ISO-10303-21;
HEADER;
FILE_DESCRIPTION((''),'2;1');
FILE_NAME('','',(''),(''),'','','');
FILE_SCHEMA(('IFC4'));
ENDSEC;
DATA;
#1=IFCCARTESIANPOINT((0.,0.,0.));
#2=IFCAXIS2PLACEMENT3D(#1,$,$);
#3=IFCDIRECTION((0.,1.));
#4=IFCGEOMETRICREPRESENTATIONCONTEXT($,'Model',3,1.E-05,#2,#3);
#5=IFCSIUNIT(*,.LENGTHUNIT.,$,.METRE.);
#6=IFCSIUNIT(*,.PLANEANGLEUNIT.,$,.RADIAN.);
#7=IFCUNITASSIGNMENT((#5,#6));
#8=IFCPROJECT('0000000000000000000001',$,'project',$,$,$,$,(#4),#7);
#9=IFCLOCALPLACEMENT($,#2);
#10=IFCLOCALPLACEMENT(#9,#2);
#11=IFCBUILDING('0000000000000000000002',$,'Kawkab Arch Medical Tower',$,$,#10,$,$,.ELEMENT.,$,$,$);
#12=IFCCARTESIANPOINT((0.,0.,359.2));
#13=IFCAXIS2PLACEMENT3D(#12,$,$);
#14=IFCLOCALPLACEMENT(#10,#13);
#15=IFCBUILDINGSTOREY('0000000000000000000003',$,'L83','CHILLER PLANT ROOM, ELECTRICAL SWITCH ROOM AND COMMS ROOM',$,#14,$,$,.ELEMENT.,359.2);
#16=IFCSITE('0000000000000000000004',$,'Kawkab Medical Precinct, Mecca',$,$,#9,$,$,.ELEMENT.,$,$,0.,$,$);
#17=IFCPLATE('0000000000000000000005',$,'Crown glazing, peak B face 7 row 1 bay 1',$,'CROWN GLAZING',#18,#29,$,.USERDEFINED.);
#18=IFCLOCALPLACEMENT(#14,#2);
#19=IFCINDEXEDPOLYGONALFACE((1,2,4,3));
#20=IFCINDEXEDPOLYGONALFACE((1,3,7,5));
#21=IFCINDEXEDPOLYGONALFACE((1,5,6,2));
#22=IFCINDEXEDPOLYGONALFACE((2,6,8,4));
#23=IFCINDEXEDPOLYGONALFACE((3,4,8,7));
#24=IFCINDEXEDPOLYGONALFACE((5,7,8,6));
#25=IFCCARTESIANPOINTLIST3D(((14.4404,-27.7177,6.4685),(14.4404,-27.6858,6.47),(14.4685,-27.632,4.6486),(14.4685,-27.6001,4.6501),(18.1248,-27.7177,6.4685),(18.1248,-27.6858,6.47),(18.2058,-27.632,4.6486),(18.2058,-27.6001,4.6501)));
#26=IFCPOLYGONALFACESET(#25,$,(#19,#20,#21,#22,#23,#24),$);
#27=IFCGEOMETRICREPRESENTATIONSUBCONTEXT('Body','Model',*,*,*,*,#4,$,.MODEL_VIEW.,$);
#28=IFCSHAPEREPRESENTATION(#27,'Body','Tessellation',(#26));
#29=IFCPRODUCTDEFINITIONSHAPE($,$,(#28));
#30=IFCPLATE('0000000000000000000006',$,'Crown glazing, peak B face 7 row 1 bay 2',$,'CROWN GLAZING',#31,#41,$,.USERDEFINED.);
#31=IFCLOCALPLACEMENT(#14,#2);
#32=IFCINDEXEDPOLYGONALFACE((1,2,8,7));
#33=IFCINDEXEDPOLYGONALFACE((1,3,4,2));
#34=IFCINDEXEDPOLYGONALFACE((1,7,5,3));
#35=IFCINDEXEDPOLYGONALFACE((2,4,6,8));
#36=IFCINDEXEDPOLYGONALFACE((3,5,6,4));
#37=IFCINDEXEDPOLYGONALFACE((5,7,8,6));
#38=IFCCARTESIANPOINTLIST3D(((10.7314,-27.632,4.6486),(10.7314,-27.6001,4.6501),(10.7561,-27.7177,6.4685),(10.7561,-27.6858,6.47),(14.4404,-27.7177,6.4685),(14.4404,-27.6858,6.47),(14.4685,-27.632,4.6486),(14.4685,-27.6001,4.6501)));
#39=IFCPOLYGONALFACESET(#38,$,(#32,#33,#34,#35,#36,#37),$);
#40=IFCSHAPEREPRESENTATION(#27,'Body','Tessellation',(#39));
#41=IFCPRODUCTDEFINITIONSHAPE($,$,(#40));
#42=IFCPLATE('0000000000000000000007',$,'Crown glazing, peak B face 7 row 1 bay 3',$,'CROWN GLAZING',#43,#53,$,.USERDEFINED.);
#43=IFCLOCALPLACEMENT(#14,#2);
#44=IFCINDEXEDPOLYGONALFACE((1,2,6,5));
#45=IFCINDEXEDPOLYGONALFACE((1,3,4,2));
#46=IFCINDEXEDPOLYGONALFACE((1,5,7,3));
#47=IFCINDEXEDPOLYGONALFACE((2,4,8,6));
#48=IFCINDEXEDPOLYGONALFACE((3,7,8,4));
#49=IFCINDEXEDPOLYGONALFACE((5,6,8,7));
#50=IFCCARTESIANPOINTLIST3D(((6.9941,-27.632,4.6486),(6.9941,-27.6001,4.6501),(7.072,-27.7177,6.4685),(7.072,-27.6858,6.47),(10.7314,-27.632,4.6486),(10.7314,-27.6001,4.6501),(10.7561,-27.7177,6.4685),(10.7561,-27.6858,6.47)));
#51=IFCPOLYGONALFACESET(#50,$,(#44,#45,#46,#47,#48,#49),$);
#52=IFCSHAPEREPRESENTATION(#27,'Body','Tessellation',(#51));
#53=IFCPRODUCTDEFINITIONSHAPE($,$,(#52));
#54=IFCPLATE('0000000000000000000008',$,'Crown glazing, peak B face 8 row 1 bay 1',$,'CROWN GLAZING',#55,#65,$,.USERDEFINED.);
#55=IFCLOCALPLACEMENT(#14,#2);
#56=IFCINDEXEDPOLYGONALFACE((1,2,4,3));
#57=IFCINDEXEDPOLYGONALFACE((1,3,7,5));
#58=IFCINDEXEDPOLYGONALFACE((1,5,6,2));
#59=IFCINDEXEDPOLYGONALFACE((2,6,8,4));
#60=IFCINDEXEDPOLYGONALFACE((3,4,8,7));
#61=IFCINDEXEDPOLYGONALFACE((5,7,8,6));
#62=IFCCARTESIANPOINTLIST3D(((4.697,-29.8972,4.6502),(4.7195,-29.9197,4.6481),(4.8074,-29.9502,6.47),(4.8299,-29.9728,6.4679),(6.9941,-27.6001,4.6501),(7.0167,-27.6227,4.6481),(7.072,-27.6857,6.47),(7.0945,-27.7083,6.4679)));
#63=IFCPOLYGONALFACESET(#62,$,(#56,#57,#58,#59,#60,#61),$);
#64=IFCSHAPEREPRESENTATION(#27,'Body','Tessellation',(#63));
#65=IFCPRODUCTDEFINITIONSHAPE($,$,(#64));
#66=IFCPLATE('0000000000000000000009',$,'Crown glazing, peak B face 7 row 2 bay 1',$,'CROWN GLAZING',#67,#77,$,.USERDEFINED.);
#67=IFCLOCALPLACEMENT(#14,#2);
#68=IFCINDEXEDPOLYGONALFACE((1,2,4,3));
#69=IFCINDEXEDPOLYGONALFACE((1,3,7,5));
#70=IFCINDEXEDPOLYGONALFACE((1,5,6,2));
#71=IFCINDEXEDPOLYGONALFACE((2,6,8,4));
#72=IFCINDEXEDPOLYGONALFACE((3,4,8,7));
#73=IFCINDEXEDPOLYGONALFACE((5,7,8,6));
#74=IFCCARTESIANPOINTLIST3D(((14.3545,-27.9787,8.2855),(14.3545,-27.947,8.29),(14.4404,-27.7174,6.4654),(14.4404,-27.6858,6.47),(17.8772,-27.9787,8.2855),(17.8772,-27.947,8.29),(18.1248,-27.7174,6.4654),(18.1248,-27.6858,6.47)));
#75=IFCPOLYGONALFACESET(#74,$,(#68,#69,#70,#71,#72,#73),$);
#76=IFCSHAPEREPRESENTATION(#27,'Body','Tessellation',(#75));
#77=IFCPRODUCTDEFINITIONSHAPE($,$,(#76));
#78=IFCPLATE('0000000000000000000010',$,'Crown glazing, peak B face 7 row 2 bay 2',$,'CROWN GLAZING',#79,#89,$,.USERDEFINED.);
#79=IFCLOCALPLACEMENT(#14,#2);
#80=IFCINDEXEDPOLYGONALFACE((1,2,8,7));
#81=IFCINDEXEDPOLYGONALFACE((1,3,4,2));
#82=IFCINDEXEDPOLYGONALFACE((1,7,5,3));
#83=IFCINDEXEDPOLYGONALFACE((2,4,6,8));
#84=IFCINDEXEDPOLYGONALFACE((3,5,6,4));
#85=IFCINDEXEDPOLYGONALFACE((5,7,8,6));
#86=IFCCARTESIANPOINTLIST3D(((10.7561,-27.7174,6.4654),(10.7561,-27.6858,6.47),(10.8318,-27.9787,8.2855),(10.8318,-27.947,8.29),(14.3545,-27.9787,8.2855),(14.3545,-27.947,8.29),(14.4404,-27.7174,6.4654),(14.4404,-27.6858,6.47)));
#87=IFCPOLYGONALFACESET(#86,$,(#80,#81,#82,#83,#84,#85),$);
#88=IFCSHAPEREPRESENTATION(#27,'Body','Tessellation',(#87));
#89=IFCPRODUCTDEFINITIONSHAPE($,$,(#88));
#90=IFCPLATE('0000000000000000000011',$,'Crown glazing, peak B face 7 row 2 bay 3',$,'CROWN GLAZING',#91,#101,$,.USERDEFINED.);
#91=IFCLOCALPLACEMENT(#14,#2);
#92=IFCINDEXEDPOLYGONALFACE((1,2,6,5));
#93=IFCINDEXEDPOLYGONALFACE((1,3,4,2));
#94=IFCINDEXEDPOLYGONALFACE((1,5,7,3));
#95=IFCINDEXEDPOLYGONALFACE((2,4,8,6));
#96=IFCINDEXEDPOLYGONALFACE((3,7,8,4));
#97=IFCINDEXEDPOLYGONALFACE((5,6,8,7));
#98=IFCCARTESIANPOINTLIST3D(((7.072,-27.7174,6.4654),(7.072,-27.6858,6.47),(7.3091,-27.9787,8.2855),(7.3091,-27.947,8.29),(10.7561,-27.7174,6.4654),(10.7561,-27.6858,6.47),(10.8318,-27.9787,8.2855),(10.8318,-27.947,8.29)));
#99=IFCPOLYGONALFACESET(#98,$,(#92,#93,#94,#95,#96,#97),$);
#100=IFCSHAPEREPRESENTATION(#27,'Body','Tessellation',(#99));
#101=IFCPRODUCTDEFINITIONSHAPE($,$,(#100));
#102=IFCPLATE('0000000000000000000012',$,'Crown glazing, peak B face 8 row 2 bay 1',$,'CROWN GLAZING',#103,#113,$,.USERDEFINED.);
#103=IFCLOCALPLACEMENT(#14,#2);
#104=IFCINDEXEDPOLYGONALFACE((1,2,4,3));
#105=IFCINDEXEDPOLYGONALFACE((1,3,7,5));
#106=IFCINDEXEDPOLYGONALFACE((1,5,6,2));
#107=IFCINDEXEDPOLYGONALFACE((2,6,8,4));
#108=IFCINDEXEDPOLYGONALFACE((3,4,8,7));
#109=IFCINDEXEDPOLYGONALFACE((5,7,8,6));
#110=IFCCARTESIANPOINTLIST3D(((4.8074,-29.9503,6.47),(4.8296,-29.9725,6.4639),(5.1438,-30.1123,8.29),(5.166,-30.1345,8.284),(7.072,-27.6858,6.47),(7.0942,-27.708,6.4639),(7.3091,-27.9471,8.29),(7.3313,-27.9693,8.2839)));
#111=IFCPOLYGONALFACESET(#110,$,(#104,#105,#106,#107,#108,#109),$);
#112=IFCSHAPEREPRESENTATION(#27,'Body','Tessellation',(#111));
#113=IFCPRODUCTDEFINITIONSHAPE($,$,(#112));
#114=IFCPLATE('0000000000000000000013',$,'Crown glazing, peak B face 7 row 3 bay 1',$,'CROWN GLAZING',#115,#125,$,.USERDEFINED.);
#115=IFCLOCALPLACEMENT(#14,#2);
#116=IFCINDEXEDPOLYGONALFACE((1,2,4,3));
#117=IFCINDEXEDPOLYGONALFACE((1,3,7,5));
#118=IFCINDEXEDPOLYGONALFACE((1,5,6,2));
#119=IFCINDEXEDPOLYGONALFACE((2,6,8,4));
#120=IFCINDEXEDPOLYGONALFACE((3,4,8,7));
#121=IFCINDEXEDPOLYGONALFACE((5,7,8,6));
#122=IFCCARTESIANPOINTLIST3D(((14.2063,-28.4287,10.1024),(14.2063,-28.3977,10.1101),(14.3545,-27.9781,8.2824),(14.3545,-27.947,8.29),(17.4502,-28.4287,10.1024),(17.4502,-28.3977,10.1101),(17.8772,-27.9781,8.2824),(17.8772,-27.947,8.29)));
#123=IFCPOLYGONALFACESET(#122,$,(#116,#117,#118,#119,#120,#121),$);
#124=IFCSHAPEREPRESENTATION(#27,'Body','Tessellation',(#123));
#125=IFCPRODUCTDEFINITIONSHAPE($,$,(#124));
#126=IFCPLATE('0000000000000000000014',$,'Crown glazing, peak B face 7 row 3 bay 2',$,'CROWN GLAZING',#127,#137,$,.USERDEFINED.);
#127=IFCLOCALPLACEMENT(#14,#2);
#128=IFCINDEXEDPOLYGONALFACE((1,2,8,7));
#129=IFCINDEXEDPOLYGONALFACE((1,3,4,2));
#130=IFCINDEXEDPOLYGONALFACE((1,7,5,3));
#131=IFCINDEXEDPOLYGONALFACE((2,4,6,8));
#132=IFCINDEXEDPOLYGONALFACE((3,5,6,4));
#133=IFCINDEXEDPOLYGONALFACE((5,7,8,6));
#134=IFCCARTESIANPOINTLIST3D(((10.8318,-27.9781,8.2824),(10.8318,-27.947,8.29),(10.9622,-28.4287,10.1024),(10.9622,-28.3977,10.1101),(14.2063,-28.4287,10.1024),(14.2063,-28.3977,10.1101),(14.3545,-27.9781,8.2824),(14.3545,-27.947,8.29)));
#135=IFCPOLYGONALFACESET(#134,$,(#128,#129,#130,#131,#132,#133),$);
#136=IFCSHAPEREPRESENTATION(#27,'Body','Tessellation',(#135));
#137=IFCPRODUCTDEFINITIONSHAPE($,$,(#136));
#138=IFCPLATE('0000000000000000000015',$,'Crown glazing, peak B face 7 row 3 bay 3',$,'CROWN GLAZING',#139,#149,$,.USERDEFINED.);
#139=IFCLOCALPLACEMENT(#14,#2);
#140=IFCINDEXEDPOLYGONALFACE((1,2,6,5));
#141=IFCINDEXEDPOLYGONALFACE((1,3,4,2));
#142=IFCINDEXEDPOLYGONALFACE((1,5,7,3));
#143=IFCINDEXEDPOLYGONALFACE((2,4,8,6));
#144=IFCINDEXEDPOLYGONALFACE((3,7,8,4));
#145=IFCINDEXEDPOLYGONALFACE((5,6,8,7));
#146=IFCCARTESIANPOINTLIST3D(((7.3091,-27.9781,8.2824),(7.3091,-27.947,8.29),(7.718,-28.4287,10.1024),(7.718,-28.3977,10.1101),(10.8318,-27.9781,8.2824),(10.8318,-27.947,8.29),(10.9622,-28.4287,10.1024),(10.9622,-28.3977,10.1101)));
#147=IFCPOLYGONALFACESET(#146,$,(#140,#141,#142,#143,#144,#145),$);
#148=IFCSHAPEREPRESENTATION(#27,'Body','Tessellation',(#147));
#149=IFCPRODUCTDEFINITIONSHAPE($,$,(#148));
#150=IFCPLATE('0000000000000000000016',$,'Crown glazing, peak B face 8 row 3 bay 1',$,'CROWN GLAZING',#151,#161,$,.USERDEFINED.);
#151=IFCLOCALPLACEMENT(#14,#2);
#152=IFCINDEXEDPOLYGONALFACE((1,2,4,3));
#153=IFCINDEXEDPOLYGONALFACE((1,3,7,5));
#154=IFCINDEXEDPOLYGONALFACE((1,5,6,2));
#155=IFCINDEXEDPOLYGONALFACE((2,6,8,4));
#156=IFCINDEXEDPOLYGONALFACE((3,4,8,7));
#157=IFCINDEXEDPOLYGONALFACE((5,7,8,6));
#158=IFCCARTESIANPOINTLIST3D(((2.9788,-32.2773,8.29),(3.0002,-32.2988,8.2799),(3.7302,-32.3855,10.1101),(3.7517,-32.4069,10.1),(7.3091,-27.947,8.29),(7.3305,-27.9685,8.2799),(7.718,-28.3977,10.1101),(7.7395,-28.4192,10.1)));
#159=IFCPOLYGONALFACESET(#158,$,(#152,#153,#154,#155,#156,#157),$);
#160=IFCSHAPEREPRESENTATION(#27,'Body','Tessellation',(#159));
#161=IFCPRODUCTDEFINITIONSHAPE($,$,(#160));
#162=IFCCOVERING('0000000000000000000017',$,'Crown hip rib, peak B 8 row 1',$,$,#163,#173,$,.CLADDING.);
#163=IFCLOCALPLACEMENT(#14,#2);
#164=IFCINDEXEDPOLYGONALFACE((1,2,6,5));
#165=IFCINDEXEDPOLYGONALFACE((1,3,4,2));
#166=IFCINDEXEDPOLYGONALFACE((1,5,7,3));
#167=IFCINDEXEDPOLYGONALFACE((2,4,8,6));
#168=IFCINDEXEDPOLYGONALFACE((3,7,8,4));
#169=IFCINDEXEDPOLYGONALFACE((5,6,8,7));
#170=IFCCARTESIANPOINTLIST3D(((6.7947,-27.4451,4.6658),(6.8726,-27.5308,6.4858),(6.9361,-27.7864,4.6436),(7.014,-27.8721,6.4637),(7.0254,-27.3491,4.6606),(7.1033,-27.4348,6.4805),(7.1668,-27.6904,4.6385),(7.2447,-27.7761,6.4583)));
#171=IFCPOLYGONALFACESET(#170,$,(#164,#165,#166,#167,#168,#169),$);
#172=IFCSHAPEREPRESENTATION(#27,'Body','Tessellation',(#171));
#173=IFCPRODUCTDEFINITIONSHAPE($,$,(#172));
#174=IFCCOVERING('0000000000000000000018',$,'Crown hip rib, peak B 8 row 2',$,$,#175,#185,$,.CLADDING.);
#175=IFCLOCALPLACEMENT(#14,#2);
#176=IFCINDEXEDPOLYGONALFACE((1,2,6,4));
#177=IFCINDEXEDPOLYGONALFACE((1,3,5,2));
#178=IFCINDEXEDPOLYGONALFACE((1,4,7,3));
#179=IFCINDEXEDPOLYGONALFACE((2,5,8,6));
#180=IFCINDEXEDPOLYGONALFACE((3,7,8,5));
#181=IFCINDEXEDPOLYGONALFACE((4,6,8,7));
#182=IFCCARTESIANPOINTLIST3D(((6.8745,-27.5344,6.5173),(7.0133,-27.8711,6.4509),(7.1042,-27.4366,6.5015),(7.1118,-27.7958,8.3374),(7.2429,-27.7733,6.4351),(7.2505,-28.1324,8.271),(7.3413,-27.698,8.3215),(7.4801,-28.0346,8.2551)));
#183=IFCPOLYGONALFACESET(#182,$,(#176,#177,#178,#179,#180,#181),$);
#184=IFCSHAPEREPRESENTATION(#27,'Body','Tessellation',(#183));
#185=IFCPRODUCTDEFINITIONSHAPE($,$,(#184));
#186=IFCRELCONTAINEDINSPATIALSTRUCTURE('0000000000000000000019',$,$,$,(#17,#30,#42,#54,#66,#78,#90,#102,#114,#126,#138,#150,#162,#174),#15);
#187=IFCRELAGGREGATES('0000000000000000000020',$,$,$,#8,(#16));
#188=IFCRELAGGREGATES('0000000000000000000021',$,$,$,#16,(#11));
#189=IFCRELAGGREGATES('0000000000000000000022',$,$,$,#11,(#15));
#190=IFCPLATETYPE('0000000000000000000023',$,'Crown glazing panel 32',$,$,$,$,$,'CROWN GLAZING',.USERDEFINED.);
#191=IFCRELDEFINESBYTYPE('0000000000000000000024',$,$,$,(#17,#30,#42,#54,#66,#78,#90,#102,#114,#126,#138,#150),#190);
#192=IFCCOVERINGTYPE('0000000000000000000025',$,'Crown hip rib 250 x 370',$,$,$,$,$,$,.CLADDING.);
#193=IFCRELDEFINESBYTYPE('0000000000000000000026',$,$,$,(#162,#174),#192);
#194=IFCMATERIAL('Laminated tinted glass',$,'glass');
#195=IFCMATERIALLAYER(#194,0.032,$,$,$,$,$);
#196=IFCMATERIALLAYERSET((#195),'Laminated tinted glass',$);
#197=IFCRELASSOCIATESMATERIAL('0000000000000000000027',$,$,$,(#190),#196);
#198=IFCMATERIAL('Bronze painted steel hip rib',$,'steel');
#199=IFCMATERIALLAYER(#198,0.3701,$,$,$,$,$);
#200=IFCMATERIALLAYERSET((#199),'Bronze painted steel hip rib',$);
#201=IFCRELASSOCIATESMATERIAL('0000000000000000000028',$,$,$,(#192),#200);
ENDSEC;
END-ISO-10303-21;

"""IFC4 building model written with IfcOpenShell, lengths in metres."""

from ifc_helpers import new_model, si_unit, direction, frame, origin, place, context, subcontext, project, spatial, polyline, outline, extrude, material, layer, layer_set, type_object, element, save


model = new_model("IFC4")

# Units and contexts
model_context = context("Model", 3, precision=1e-05, world=origin(), true_north=direction((0.0, 1.0)))
body_context = subcontext(model_context, "Body", "Model", "MODEL_VIEW")
ifc_project = project(units=[si_unit("LENGTHUNIT", "METRE"), si_unit("PLANEANGLEUNIT", "RADIAN")], contexts=[model_context])

# Site, building, storey
site_placement = place(None, origin())
site = spatial("IfcSite", under=ifc_project, at=site_placement, Name="Kawkab Medical Precinct, Mecca", CompositionType="ELEMENT", RefElevation=0.0)
building_placement = place(site_placement, origin())
building = spatial("IfcBuilding", under=site, at=building_placement, Name="Kawkab Arch Medical Tower", CompositionType="ELEMENT")
storey_placement = place(building_placement, frame((0.0, 0.0, 359.2)))
storey = spatial("IfcBuildingStorey", under=building, at=storey_placement, Name="L83", Description="CHILLER PLANT ROOM, ELECTRICAL SWITCH ROOM AND COMMS ROOM", CompositionType="ELEMENT", Elevation=359.2)

# Plates
ifc_material_1 = material(Name="Laminated tinted glass", Category="glass")
ifc_layer_1 = layer(ifc_material_1, 0.032)
ifc_layer_set_1 = layer_set([ifc_layer_1], Name="Laminated tinted glass")
plate_type = type_object("IfcPlateType", Name="Crown glazing panel 32", ElementType="CROWN GLAZING", PredefinedType="USERDEFINED", material=ifc_layer_set_1)
plate_1_placement = place(storey_placement, frame((18.2058, -27.6001, 4.6501), z_axis=(0.0, 0.998893, 0.047037), x_axis=(-1.0, 0.0, 0.0)))
element("IfcPlate", 1, at=plate_1_placement, inside=storey, type_object=plate_type, Name="Crown glazing, peak B face 7 row 1 bay 1", ObjectType="CROWN GLAZING", PredefinedType="USERDEFINED", context=body_context, shape_type="SweptSolid", body=[
    extrude(outline(polyline([(0.0, 0.0), (3.7373, 0.0), (3.7654, 1.8218), (0.0811, 1.8218), (0.0, 0.0)])), origin(), (0.0, 0.0, -1.0), 0.032),
])
plate_2_placement = place(storey_placement, frame((14.4685, -27.6001, 4.6501), z_axis=(0.0, 0.998893, 0.047037), x_axis=(-1.0, 0.0, 0.0)))
element("IfcPlate", 2, at=plate_2_placement, inside=storey, type_object=plate_type, Name="Crown glazing, peak B face 7 row 1 bay 2", ObjectType="CROWN GLAZING", PredefinedType="USERDEFINED", context=body_context, shape_type="SweptSolid", body=[
    extrude(outline(polyline([(0.0, 0.0), (3.7371, 0.0), (3.7124, 1.8218), (0.0281, 1.8218), (0.0, 0.0)])), origin(), (0.0, 0.0, -1.0), 0.032),
])
plate_3_placement = place(storey_placement, frame((10.7314, -27.6001, 4.6501), z_axis=(0.0, 0.998893, 0.047037), x_axis=(-1.0, 0.0, 0.0)))
element("IfcPlate", 3, at=plate_3_placement, inside=storey, type_object=plate_type, Name="Crown glazing, peak B face 7 row 1 bay 3", ObjectType="CROWN GLAZING", PredefinedType="USERDEFINED", context=body_context, shape_type="SweptSolid", body=[
    extrude(outline(polyline([(0.0, 0.0), (3.7373, 0.0), (3.6594, 1.8218), (-0.0247, 1.8218), (0.0, 0.0)])), origin(), (0.0, 0.0, -1.0), 0.032),
])
plate_4_placement = place(storey_placement, frame((6.9941, -27.6001, 4.6501), z_axis=(-0.705666, 0.705704, 0.063383), x_axis=(-0.707126, -0.707088, 0.000002)))
element("IfcPlate", 4, at=plate_4_placement, inside=storey, type_object=plate_type, Name="Crown glazing, peak B face 8 row 1 bay 1", ObjectType="CROWN GLAZING", PredefinedType="USERDEFINED", context=body_context, shape_type="SweptSolid", body=[
    extrude(outline(polyline([(0.0, 0.0), (3.2486, 0.0), (3.208, 1.8235), (0.0055, 1.8235), (0.0, 0.0)])), origin(), (0.0, 0.0, -1.0), 0.032),
])
plate_5_placement = place(storey_placement, frame((18.1248, -27.6858, 6.47), z_axis=(0.0, 0.989856, 0.142072), x_axis=(-1.0, 0.0, 0.0)))
element("IfcPlate", 5, at=plate_5_placement, inside=storey, type_object=plate_type, Name="Crown glazing, peak B face 7 row 2 bay 1", ObjectType="CROWN GLAZING", PredefinedType="USERDEFINED", context=body_context, shape_type="SweptSolid", body=[
    extrude(outline(polyline([(0.0, 0.0), (3.6843, 0.0), (3.7703, 1.8387), (0.2476, 1.8387), (0.0, 0.0)])), origin(), (0.0, 0.0, -1.0), 0.032),
])
plate_6_placement = place(storey_placement, frame((14.4404, -27.6858, 6.47), z_axis=(0.0, 0.989856, 0.142072), x_axis=(-1.0, 0.0, 0.0)))
element("IfcPlate", 6, at=plate_6_placement, inside=storey, type_object=plate_type, Name="Crown glazing, peak B face 7 row 2 bay 2", ObjectType="CROWN GLAZING", PredefinedType="USERDEFINED", context=body_context, shape_type="SweptSolid", body=[
    extrude(outline(polyline([(0.0, 0.0), (3.6843, 0.0), (3.6086, 1.8387), (0.0859, 1.8387), (0.0, 0.0)])), origin(), (0.0, 0.0, -1.0), 0.032),
])
plate_7_placement = place(storey_placement, frame((10.7561, -27.6858, 6.47), z_axis=(0.0, 0.989856, 0.142072), x_axis=(-1.0, 0.0, 0.0)))
element("IfcPlate", 7, at=plate_7_placement, inside=storey, type_object=plate_type, Name="Crown glazing, peak B face 7 row 2 bay 3", ObjectType="CROWN GLAZING", PredefinedType="USERDEFINED", context=body_context, shape_type="SweptSolid", body=[
    extrude(outline(polyline([(0.0, 0.0), (3.6841, 0.0), (3.447, 1.8387), (-0.0757, 1.8387), (0.0, 0.0)])), origin(), (0.0, 0.0, -1.0), 0.032),
])
plate_8_placement = place(storey_placement, frame((7.072, -27.6858, 6.47), z_axis=(-0.694193, 0.694231, 0.190104), x_axis=(-0.707127, -0.707087, -0.000005)))
element("IfcPlate", 8, at=plate_8_placement, inside=storey, type_object=plate_type, Name="Crown glazing, peak B face 8 row 2 bay 1", ObjectType="CROWN GLAZING", PredefinedType="USERDEFINED", context=body_context, shape_type="SweptSolid", body=[
    extrude(outline(polyline([(0.0, 0.0), (3.2025, 0.0), (3.0792, 1.8539), (0.0171, 1.8539), (0.0, 0.0)])), origin(), (0.0, 0.0, -1.0), 0.032),
])
plate_9_placement = place(storey_placement, frame((17.8772, -27.947, 8.29), z_axis=(0.0, 0.970684, 0.24036), x_axis=(-1.0, 0.0, 0.0)))
element("IfcPlate", 9, at=plate_9_placement, inside=storey, type_object=plate_type, Name="Crown glazing, peak B face 7 row 3 bay 1", ObjectType="CROWN GLAZING", PredefinedType="USERDEFINED", context=body_context, shape_type="SweptSolid", body=[
    extrude(outline(polyline([(0.0, 0.0), (3.5227, 0.0), (3.6709, 1.875), (0.427, 1.875), (0.0, 0.0)])), origin(), (0.0, 0.0, -1.0), 0.032),
])
plate_10_placement = place(storey_placement, frame((14.3545, -27.947, 8.29), z_axis=(0.0, 0.970684, 0.24036), x_axis=(-1.0, 0.0, 0.0)))
element("IfcPlate", 10, at=plate_10_placement, inside=storey, type_object=plate_type, Name="Crown glazing, peak B face 7 row 3 bay 2", ObjectType="CROWN GLAZING", PredefinedType="USERDEFINED", context=body_context, shape_type="SweptSolid", body=[
    extrude(outline(polyline([(0.0, 0.0), (3.5227, 0.0), (3.3923, 1.875), (0.1482, 1.875), (0.0, 0.0)])), origin(), (0.0, 0.0, -1.0), 0.032),
])
plate_11_placement = place(storey_placement, frame((10.8318, -27.947, 8.29), z_axis=(0.0, 0.970684, 0.24036), x_axis=(-1.0, 0.0, 0.0)))
element("IfcPlate", 11, at=plate_11_placement, inside=storey, type_object=plate_type, Name="Crown glazing, peak B face 7 row 3 bay 3", ObjectType="CROWN GLAZING", PredefinedType="USERDEFINED", context=body_context, shape_type="SweptSolid", body=[
    extrude(outline(polyline([(0.0, 0.0), (3.5227, 0.0), (3.1138, 1.875), (-0.1304, 1.875), (0.0, 0.0)])), origin(), (0.0, 0.0, -1.0), 0.032),
])
plate_12_placement = place(storey_placement, frame((7.3091, -27.947, 8.29), z_axis=(-0.670693, 0.670693, 0.316769), x_axis=(-0.707107, -0.707107, 0.0)))
element("IfcPlate", 12, at=plate_12_placement, inside=storey, type_object=plate_type, Name="Crown glazing, peak B face 8 row 3 bay 1", ObjectType="CROWN GLAZING", PredefinedType="USERDEFINED", context=body_context, shape_type="SweptSolid", body=[
    extrude(outline(polyline([(0.0, 0.0), (6.124, 0.0), (5.6691, 1.9189), (0.0295, 1.9189), (0.0, 0.0)])), origin(), (0.0, 0.0, -1.0), 0.032),
])

# Coverings
ifc_material_2 = material(Name="Bronze painted steel hip rib", Category="steel")
ifc_layer_2 = layer(ifc_material_2, 0.3701)
ifc_layer_set_2 = layer_set([ifc_layer_2], Name="Bronze painted steel hip rib")
covering_type_1 = type_object("IfcCoveringType", Name="Crown hip rib 250 x 370", PredefinedType="CLADDING", material=ifc_layer_set_2)
covering_1_placement = place(storey_placement, frame((6.7947, -27.4451, 4.6658), z_axis=(-0.382145, 0.922167, 0.059774), x_axis=(0.042705, -0.046991, 0.997982)))
element("IfcCovering", 13, at=covering_1_placement, inside=storey, type_object=covering_type_1, Name="Crown hip rib, peak B 8 row 1", PredefinedType="CLADDING", context=body_context, shape_type="SweptSolid", body=[
    extrude(outline(polyline([(0.0, 0.0), (1.8237, 0.0), (1.8237, 0.2499), (0.0002, 0.2499), (0.0, 0.0)])), origin(), (0.0, 0.0, -1.0), 0.3701),
])
covering_2_placement = place(storey_placement, frame((6.8745, -27.5344, 6.5173), z_axis=(-0.374908, 0.909527, 0.17946), x_axis=(0.127964, -0.140955, 0.981711)))
element("IfcCovering", 14, at=covering_2_placement, inside=storey, type_object=covering_type_1, Name="Crown hip rib, peak B 8 row 2", PredefinedType="CLADDING", context=body_context, shape_type="SweptSolid", body=[
    extrude(outline(polyline([(0.0, 0.0), (1.854, 0.0), (1.854, 0.25), (0.0001, 0.2501), (0.0, 0.0)])), origin(), (0.0, 0.0, -1.0), 0.3701),
])

save(model, "model.ifc")
